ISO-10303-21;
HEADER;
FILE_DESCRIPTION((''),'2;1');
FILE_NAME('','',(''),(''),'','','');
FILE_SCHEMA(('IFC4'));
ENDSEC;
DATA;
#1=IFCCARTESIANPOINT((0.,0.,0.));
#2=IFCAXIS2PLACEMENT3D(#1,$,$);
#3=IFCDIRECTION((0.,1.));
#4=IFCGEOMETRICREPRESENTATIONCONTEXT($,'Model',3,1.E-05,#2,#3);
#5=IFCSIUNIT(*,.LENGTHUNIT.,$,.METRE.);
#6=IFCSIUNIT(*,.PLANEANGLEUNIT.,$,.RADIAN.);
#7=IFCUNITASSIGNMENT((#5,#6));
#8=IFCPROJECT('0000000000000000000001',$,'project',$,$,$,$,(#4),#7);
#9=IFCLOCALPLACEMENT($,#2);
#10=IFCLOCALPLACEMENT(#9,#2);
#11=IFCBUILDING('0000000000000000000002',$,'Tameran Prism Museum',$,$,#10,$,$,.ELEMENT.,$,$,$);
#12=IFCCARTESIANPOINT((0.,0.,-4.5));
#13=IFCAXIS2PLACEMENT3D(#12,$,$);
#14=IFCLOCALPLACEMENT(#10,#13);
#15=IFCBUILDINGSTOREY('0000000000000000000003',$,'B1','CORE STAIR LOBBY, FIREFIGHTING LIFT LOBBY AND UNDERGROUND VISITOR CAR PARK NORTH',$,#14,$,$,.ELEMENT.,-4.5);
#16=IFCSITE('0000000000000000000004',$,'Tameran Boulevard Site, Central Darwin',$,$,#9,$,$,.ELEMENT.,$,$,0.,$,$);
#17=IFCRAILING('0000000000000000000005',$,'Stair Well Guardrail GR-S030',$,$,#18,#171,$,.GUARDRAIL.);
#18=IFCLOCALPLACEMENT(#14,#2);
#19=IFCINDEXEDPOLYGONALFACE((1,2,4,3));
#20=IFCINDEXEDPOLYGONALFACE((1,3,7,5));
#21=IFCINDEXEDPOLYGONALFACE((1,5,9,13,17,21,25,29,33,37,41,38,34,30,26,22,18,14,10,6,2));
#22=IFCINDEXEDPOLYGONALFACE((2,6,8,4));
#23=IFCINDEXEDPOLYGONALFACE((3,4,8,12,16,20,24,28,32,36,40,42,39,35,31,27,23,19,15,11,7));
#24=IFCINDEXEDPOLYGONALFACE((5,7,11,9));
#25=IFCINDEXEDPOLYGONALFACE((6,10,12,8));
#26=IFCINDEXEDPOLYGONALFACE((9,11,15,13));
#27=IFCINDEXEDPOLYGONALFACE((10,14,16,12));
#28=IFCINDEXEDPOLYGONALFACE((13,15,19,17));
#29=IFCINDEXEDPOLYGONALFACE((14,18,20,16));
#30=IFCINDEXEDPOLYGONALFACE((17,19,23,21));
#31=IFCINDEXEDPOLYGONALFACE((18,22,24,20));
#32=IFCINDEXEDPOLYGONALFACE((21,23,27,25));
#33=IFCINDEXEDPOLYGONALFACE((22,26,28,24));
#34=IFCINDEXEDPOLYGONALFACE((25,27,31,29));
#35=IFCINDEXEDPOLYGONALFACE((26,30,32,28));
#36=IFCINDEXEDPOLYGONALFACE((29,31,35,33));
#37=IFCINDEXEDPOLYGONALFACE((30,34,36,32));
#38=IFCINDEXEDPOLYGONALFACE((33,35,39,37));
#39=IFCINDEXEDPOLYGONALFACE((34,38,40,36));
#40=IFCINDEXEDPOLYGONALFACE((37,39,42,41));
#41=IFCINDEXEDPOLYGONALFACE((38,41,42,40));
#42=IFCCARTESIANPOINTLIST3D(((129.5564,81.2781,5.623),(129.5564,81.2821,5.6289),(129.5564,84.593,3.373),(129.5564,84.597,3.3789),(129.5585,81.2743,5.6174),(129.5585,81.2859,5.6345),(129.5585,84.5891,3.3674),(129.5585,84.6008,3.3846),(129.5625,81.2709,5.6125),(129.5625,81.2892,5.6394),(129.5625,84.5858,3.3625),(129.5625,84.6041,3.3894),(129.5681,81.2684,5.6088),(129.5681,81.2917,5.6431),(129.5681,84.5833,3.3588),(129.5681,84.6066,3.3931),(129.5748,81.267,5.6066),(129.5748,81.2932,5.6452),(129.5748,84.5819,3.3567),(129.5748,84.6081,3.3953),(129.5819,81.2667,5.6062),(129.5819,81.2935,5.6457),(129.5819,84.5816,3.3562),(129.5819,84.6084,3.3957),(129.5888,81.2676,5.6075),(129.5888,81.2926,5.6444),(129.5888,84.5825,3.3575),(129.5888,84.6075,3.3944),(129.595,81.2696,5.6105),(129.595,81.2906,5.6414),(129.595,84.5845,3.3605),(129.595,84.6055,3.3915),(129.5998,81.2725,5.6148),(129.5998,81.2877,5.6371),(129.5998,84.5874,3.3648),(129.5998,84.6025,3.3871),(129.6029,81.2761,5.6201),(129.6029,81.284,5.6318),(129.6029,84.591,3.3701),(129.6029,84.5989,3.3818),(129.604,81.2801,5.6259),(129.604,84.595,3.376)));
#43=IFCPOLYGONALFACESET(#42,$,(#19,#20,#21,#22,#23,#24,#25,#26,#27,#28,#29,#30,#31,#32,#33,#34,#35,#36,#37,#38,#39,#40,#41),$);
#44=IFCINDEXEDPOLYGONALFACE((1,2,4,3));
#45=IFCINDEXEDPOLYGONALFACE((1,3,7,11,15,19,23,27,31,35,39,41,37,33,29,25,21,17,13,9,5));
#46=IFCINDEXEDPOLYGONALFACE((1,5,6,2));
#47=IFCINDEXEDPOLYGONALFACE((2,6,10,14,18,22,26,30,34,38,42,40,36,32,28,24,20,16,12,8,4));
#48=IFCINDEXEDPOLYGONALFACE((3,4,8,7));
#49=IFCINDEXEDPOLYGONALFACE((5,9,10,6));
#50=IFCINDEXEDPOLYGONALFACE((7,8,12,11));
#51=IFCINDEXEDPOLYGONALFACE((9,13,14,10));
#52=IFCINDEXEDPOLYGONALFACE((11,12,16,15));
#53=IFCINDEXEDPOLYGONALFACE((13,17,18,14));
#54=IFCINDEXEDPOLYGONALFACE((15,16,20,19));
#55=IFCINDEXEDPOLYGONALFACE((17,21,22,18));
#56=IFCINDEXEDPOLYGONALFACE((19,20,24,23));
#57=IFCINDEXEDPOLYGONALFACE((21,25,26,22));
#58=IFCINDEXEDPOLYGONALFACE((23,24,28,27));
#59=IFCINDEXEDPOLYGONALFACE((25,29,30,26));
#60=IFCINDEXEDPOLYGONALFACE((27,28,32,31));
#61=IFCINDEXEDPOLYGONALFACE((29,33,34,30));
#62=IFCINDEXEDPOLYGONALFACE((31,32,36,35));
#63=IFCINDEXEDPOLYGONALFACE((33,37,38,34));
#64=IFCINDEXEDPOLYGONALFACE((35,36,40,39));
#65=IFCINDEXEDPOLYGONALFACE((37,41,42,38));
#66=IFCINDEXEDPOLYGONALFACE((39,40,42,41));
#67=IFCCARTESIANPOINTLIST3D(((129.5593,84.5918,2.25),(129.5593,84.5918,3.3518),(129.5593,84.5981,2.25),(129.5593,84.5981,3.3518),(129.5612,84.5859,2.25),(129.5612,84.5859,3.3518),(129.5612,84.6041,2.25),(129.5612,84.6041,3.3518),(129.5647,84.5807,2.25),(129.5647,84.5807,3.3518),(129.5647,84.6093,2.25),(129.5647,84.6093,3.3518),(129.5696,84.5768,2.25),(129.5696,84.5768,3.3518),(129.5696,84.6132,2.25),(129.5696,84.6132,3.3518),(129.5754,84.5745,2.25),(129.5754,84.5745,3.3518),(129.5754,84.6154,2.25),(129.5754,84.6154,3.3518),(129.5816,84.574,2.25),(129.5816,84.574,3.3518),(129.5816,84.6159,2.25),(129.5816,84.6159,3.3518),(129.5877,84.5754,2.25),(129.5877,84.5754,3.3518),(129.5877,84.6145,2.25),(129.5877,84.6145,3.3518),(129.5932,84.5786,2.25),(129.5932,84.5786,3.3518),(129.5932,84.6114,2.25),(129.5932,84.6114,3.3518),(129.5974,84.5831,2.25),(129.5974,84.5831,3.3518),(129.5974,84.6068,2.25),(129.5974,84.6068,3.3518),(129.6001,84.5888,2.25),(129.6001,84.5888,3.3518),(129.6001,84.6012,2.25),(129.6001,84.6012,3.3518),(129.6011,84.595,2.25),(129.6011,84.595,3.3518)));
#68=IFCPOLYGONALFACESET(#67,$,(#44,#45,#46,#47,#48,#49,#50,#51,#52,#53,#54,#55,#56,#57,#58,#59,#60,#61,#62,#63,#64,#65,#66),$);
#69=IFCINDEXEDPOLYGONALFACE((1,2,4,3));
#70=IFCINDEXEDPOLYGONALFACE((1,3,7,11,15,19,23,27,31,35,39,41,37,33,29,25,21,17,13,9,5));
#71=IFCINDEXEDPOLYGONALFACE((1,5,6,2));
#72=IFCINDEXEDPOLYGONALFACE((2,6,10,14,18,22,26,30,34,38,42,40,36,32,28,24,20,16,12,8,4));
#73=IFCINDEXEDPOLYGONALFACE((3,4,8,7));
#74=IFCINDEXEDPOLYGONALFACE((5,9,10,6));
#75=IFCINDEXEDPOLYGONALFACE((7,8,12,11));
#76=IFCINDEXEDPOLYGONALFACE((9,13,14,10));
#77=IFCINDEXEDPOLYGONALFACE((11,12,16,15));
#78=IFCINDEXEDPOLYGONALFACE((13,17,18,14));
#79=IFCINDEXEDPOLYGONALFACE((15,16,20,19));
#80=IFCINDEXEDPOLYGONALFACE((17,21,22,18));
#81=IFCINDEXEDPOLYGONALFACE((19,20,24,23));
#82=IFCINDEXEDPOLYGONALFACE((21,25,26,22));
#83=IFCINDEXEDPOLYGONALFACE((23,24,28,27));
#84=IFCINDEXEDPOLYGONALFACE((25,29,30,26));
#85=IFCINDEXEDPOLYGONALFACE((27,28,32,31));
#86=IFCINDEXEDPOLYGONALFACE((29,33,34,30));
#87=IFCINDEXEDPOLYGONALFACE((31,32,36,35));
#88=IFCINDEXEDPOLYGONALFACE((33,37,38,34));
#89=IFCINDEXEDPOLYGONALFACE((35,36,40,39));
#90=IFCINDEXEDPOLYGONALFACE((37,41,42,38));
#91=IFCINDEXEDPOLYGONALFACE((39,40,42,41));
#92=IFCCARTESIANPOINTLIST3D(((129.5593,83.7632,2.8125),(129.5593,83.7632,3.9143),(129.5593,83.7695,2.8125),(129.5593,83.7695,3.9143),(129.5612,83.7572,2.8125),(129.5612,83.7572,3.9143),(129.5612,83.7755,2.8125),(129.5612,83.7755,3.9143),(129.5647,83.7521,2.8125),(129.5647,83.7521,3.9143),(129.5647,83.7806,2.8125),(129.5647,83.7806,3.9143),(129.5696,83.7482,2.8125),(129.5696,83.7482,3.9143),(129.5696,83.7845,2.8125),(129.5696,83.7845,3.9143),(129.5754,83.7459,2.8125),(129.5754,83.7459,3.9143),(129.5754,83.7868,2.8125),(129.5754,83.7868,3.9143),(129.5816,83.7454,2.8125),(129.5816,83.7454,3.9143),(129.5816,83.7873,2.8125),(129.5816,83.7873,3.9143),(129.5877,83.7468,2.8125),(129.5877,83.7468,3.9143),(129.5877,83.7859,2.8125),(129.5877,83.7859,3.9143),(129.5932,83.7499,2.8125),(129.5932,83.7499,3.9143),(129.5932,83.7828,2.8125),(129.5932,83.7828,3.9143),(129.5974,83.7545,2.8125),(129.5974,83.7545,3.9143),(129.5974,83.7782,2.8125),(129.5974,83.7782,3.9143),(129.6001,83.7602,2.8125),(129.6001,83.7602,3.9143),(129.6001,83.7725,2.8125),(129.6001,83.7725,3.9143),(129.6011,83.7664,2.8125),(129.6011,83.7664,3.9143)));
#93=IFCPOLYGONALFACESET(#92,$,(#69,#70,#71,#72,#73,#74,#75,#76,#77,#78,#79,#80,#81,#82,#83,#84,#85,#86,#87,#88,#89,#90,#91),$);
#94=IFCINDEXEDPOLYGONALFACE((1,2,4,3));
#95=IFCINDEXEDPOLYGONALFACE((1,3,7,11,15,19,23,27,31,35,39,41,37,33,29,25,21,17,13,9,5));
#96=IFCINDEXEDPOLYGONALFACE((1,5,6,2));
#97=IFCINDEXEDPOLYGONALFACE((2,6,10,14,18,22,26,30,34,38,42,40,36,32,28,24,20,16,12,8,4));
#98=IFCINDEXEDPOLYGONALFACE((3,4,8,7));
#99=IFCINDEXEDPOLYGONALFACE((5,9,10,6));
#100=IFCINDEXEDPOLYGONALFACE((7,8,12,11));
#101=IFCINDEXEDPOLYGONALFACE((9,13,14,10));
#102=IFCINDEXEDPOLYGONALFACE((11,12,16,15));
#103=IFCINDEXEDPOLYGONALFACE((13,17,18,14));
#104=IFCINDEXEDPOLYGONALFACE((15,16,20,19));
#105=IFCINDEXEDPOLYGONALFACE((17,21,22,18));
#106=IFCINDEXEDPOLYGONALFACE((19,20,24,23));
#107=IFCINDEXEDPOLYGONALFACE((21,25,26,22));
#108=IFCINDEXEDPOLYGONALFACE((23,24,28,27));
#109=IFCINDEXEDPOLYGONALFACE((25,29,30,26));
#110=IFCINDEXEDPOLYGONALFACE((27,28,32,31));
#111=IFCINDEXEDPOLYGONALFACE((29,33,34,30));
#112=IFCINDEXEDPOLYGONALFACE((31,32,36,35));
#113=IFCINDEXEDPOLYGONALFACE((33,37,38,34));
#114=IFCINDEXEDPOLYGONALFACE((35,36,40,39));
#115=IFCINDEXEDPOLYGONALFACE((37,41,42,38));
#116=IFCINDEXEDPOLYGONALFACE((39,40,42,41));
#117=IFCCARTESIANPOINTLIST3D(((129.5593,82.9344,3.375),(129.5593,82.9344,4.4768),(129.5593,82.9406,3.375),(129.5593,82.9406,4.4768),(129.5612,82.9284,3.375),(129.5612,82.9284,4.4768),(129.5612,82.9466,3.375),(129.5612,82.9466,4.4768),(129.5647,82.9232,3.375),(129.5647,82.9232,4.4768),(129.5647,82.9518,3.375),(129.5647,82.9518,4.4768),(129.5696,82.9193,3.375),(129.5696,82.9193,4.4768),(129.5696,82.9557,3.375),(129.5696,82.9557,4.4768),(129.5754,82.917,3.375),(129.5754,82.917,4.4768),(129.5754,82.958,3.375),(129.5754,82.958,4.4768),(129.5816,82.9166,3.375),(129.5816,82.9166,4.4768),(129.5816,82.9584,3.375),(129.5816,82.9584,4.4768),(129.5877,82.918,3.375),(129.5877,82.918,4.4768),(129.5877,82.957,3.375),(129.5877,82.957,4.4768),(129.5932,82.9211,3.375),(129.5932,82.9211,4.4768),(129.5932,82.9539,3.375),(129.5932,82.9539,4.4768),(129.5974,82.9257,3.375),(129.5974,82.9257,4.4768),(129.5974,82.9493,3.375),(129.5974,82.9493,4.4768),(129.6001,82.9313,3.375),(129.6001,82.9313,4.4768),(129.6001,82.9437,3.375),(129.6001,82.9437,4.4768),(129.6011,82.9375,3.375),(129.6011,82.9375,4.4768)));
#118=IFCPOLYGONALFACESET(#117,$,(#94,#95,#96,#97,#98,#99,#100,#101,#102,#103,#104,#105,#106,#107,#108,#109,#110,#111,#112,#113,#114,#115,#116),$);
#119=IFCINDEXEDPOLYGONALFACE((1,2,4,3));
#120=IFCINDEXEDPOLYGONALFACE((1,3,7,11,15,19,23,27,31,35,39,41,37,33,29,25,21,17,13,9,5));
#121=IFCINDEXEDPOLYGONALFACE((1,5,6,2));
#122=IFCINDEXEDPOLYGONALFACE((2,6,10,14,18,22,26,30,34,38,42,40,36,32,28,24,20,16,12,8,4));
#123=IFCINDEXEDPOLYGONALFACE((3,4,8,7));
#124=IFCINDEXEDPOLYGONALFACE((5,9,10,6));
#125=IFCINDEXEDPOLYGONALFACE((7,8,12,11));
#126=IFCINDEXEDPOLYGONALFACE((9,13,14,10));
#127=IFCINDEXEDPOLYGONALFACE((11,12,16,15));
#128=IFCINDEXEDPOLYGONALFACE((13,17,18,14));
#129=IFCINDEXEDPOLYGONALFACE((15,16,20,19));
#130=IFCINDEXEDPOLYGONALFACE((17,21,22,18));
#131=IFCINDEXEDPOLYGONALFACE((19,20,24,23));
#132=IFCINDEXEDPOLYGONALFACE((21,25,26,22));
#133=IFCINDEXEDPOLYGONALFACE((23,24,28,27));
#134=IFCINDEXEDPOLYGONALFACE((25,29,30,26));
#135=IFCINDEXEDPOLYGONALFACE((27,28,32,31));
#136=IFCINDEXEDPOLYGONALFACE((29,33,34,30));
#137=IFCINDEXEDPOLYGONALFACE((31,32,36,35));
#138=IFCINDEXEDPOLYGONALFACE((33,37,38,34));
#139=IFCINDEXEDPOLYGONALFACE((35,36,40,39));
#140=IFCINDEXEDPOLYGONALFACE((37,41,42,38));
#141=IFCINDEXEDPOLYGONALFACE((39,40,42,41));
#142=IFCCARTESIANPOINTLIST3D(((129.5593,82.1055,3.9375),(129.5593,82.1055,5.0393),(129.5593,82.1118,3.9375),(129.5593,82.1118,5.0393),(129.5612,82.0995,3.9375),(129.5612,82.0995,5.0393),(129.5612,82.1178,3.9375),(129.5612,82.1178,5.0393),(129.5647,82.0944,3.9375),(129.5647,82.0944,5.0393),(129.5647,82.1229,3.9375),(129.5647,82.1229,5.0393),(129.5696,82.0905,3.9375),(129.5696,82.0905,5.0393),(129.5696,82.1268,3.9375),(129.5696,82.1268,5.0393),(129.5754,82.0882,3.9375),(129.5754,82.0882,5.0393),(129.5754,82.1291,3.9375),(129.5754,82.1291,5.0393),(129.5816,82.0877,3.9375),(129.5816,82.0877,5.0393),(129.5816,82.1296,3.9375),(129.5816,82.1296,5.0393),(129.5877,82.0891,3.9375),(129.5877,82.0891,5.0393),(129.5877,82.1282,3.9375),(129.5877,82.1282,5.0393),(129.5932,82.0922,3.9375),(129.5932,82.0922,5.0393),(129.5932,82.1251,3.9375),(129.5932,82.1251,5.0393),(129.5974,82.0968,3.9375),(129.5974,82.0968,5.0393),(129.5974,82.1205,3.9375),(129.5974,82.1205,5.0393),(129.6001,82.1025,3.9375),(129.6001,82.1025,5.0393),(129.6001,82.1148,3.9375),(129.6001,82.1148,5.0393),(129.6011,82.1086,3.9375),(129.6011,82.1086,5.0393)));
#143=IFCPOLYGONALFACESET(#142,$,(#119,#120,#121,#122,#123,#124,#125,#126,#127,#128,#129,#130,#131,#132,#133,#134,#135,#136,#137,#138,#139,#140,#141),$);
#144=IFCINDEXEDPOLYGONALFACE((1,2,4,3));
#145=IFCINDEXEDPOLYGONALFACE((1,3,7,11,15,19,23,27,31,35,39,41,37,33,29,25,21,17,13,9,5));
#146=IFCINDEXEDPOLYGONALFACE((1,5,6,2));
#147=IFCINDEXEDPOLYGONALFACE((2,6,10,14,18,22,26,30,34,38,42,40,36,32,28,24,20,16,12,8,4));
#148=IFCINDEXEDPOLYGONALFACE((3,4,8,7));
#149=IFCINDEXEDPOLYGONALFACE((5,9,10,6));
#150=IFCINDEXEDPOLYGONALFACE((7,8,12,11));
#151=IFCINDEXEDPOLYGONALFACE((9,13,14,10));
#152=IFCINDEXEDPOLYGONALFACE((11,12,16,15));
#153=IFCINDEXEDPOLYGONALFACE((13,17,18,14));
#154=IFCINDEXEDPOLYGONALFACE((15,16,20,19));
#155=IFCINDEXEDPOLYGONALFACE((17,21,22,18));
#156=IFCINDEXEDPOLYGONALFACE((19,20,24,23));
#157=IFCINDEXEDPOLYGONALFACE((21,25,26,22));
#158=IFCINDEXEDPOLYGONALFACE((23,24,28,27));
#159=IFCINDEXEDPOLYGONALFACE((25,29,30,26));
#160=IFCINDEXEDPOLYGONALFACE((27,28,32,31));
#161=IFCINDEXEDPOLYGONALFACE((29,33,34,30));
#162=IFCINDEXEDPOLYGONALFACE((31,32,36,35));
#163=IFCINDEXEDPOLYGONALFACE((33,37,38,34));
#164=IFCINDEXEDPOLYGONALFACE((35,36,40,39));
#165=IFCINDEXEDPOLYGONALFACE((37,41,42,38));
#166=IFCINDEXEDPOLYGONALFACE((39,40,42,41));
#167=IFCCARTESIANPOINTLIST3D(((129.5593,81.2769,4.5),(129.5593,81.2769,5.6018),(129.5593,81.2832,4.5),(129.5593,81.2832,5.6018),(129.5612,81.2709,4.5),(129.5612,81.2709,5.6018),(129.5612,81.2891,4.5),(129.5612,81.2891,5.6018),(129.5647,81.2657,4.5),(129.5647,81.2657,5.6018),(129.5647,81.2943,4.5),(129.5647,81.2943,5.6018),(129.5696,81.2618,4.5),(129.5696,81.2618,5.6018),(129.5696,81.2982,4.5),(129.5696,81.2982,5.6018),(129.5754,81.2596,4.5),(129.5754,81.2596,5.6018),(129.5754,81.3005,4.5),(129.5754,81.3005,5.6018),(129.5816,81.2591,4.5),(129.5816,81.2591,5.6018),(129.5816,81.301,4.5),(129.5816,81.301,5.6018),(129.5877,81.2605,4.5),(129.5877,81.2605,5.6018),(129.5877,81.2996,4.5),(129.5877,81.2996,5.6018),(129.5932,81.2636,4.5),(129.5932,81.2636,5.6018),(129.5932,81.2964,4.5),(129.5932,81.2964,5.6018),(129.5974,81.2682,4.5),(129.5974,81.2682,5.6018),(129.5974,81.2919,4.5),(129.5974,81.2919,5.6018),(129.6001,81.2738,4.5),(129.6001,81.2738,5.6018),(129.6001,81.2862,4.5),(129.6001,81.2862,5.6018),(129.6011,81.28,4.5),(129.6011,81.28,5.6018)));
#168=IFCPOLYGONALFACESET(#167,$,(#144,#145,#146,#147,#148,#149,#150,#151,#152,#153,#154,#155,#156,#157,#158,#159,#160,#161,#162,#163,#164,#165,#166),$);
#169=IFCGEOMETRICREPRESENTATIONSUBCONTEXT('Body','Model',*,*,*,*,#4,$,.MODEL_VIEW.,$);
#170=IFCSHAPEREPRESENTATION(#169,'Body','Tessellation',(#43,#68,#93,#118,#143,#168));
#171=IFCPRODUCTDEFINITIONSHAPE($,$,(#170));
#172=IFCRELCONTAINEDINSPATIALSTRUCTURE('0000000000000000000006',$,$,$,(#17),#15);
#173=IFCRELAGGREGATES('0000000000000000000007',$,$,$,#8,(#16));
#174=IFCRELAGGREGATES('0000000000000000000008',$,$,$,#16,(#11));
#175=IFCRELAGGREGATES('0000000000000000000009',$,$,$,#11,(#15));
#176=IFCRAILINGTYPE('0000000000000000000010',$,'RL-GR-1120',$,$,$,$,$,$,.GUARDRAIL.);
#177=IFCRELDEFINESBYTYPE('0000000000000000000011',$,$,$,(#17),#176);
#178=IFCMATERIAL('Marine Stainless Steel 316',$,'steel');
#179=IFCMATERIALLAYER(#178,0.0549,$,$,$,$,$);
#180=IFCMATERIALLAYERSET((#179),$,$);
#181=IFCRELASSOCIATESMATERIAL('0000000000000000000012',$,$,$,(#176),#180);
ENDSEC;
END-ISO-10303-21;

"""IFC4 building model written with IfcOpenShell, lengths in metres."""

from ifc_helpers import new_model, si_unit, direction, frame, origin, origin_2d, place, context, subcontext, project, spatial, circle, extrude, material, layer, layer_set, type_object, element, save


model = new_model("IFC4")

# Units and contexts
model_context = context("Model", 3, precision=1e-05, world=origin(), true_north=direction((0.0, 1.0)))
body_context = subcontext(model_context, "Body", "Model", "MODEL_VIEW")
ifc_project = project(units=[si_unit("LENGTHUNIT", "METRE"), si_unit("PLANEANGLEUNIT", "RADIAN")], contexts=[model_context])

# Site, building, storey
site_placement = place(None, origin())
site = spatial("IfcSite", under=ifc_project, at=site_placement, Name="Tameran Boulevard Site, Central Darwin", CompositionType="ELEMENT", RefElevation=0.0)
building_placement = place(site_placement, origin())
building = spatial("IfcBuilding", under=site, at=building_placement, Name="Tameran Prism Museum", CompositionType="ELEMENT")
storey_placement = place(building_placement, frame((0.0, 0.0, -4.5)))
storey = spatial("IfcBuildingStorey", under=building, at=storey_placement, Name="B1", Description="CORE STAIR LOBBY, FIREFIGHTING LIFT LOBBY AND UNDERGROUND VISITOR CAR PARK NORTH", CompositionType="ELEMENT", Elevation=-4.5)

# Railing
ifc_material_1 = material(Name="Marine Stainless Steel 316", Category="steel")
ifc_layer_1 = layer(ifc_material_1, 0.0549)
ifc_layer_set_1 = layer_set([ifc_layer_1])
railing_type_1 = type_object("IfcRailingType", Name="RL-GR-1120", PredefinedType="GUARDRAIL", material=ifc_layer_set_1)
railing_1_placement = place(storey_placement, frame((129.5801, 84.595, 2.25)))
element("IfcRailing", 1, at=railing_1_placement, inside=storey, type_object=railing_type_1, Name="Stair Well Guardrail GR-S030", PredefinedType="GUARDRAIL", context=body_context, shape_type="SweptSolid", body=[
    extrude(circle(Radius=0.0239, at=origin_2d()), frame((0.0, 0.0, 1.126), z_axis=(0.0, -0.827409, 0.5616), x_axis=(1.0, 0.0, 0.0)), (0.0, 0.0, 1.0), 4.0063),
    extrude(circle(Radius=0.021, at=origin_2d()), origin(), (0.0, 0.0, 1.0), 1.1018),
    extrude(circle(Radius=0.021, at=origin_2d()), frame((0.0, -0.8286, 0.5625)), (0.0, 0.0, 1.0), 1.1018),
    extrude(circle(Radius=0.021, at=origin_2d()), frame((0.0, -1.6575, 1.125)), (0.0, 0.0, 1.0), 1.1018),
    extrude(circle(Radius=0.021, at=origin_2d()), frame((0.0, -2.4863, 1.6875)), (0.0, 0.0, 1.0), 1.1018),
    extrude(circle(Radius=0.021, at=origin_2d()), frame((0.0, -3.3149, 2.25)), (0.0, 0.0, 1.0), 1.1018),
])

save(model, "model.ifc")
